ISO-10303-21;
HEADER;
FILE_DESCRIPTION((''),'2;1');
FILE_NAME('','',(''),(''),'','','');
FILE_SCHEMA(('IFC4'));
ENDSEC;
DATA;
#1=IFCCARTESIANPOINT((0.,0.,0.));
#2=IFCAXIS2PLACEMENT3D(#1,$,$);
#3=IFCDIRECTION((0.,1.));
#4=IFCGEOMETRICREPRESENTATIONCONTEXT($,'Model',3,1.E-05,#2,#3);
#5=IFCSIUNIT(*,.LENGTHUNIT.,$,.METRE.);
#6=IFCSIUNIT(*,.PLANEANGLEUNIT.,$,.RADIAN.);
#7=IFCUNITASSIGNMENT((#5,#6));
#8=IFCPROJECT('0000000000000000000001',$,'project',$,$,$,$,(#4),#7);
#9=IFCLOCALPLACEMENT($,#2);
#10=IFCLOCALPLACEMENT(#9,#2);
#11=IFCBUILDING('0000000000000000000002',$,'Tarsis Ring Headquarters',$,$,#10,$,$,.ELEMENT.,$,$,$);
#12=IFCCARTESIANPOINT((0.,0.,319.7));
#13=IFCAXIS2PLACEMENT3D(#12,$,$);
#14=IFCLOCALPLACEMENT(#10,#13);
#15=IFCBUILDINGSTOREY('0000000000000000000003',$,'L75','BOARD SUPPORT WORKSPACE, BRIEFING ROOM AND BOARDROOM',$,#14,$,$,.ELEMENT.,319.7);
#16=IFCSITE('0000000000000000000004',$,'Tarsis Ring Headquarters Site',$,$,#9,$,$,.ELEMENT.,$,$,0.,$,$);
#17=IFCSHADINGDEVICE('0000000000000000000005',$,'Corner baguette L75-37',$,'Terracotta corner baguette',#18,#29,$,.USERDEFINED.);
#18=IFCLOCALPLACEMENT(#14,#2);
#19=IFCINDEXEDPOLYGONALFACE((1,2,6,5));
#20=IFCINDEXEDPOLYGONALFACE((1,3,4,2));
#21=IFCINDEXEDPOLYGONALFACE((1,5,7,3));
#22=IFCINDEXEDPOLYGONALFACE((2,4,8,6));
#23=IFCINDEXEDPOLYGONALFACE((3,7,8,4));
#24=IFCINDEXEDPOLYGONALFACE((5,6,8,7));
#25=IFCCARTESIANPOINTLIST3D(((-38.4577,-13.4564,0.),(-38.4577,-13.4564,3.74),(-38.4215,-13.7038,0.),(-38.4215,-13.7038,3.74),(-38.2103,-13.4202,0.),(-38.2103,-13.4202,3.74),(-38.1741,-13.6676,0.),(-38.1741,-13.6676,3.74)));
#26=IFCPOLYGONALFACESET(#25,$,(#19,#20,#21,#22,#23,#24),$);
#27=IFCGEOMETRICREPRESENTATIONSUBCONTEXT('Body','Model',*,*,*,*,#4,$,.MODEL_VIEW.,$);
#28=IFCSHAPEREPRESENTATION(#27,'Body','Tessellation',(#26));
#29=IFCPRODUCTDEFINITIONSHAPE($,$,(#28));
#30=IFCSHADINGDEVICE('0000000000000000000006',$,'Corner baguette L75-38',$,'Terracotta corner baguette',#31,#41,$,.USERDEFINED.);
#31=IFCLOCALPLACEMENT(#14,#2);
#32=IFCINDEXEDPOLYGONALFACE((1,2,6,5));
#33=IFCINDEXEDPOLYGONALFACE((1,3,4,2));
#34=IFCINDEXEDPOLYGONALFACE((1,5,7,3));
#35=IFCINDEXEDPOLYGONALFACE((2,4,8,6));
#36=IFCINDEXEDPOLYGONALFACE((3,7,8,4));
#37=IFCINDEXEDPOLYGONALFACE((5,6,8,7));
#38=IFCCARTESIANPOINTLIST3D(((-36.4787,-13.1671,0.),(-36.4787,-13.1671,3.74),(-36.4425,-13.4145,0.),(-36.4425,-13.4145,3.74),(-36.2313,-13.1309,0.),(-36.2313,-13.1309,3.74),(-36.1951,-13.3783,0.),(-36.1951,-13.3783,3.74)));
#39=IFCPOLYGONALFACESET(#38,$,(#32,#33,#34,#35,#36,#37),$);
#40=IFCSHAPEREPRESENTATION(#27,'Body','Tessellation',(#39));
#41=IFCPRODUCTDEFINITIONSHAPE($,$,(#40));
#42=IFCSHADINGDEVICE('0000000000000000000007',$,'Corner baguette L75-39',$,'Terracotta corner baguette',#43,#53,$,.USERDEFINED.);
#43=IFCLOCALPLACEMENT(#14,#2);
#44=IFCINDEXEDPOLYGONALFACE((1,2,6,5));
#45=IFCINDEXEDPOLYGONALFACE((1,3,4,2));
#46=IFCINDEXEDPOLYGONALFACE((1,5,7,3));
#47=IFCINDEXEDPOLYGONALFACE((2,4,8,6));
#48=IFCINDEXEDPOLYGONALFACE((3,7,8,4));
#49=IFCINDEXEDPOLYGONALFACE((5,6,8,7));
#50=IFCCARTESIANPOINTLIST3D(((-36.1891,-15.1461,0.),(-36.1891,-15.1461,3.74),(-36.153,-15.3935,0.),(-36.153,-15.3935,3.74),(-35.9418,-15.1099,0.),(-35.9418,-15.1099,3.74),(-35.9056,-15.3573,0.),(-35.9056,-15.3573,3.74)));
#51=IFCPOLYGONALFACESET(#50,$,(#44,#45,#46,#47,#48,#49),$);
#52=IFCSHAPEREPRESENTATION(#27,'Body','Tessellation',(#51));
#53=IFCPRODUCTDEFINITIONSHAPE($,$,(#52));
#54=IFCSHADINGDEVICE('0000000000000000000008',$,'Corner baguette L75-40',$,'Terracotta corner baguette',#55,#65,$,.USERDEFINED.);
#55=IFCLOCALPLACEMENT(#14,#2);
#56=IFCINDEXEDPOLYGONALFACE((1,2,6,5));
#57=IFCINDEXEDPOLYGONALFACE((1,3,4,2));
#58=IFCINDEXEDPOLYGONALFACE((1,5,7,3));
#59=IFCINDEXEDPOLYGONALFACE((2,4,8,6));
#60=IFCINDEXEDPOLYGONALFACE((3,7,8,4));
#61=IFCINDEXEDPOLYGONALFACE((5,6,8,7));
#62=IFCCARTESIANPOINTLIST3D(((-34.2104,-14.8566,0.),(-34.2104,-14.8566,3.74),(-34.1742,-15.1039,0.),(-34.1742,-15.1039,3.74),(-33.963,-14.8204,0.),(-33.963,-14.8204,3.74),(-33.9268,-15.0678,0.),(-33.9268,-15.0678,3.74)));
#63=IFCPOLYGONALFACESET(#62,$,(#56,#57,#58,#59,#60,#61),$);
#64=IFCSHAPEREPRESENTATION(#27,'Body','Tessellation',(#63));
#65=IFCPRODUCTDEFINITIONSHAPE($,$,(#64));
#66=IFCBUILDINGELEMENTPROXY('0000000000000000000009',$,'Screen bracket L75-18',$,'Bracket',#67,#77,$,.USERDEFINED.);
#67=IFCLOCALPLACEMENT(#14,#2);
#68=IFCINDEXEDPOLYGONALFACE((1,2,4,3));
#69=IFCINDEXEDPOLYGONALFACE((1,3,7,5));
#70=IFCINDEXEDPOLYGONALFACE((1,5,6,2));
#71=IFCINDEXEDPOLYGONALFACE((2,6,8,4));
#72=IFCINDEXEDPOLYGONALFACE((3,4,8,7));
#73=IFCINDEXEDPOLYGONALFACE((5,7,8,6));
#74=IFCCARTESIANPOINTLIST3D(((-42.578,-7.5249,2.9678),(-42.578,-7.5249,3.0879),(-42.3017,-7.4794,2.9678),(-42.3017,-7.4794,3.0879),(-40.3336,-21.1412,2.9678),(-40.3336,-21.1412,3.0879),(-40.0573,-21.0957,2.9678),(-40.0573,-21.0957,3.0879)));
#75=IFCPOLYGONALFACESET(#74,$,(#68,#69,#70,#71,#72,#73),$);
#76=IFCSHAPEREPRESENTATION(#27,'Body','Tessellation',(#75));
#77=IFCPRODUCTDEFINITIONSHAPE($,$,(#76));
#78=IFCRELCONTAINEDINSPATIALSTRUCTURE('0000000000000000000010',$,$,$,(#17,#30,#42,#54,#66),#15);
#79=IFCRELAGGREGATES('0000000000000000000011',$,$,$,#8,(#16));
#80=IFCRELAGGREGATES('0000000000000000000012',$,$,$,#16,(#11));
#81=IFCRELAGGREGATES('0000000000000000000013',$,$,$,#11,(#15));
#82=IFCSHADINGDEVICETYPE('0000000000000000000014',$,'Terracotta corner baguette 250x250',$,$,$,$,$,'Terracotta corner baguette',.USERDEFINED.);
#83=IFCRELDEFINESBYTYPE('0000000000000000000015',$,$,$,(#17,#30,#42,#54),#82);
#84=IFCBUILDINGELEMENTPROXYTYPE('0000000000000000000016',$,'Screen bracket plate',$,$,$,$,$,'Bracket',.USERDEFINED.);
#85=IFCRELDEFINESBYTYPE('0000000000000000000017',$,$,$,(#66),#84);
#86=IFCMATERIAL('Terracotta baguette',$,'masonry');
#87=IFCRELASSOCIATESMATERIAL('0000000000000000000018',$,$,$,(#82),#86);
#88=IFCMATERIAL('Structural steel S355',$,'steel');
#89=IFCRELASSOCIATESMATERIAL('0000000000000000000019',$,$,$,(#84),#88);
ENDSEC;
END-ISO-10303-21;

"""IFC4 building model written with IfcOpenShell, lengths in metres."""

from ifc_helpers import new_model, si_unit, direction, frame, origin, origin_2d, place, context, subcontext, project, spatial, rectangle, extrude, material, type_object, element, save


model = new_model("IFC4")

# Units and contexts
model_context = context("Model", 3, precision=1e-05, world=origin(), true_north=direction((0.0, 1.0)))
body_context = subcontext(model_context, "Body", "Model", "MODEL_VIEW")
ifc_project = project(units=[si_unit("LENGTHUNIT", "METRE"), si_unit("PLANEANGLEUNIT", "RADIAN")], contexts=[model_context])

# Site, building, storey
site_placement = place(None, origin())
site = spatial("IfcSite", under=ifc_project, at=site_placement, Name="Tarsis Ring Headquarters Site", CompositionType="ELEMENT", RefElevation=0.0)
building_placement = place(site_placement, origin())
building = spatial("IfcBuilding", under=site, at=building_placement, Name="Tarsis Ring Headquarters", CompositionType="ELEMENT")
storey_placement = place(building_placement, frame((0.0, 0.0, 319.7)))
storey = spatial("IfcBuildingStorey", under=building, at=storey_placement, Name="L75", Description="BOARD SUPPORT WORKSPACE, BRIEFING ROOM AND BOARDROOM", CompositionType="ELEMENT", Elevation=319.7)

# Shared definitions
ifc_material_1 = material(Name="Structural steel S355", Category="steel")

# Shading devices
ifc_material_2 = material(Name="Terracotta baguette", Category="masonry")
shading_device_type_1 = type_object("IfcShadingDeviceType", Name="Terracotta corner baguette 250x250", ElementType="Terracotta corner baguette", PredefinedType="USERDEFINED", material=ifc_material_2)
for number, where, z_axis, x_axis, name in (
    (1, (-38.3159, -13.562, 0.0), (0.0, 0.0, 1.0), (0.144702, -0.989475, 0.0), "Corner baguette L75-37"),
    (2, (-36.3369, -13.2727, 0.0), (0.0, 0.0, 1.0), (0.989475, 0.144702, 0.0), "Corner baguette L75-38"),
    (3, (-36.0474, -15.2517, 0.0), (0.0, 0.0, 1.0), (0.144701, -0.989475, 0.0), "Corner baguette L75-39"),
    (4, (-34.0686, -14.9622, 0.0), (0.0, 0.0, 1.0), (0.989475, 0.144701, 0.0), "Corner baguette L75-40"),
):
    element("IfcShadingDevice", number, at=place(storey_placement, frame(where, z_axis=z_axis, x_axis=x_axis)), inside=storey, type_object=shading_device_type_1, Name=name, ObjectType="Terracotta corner baguette", PredefinedType="USERDEFINED", context=body_context, shape_type="SweptSolid", body=[
        extrude(rectangle(XDim=0.25, YDim=0.25, at=origin_2d()), origin(), (0.0, 0.0, 1.0), 3.74),
    ])

# Building element proxy
building_element_proxy_type = type_object("IfcBuildingElementProxyType", Name="Screen bracket plate", ElementType="Bracket", PredefinedType="USERDEFINED", material=ifc_material_1)
proxy_placement = place(storey_placement, frame((-41.3176, -14.3103, 2.9678), z_axis=(0.0, 0.0, 1.0), x_axis=(0.162637, -0.986686, 0.0)))
element("IfcBuildingElementProxy", 5, at=proxy_placement, inside=storey, type_object=building_element_proxy_type, Name="Screen bracket L75-18", ObjectType="Bracket", PredefinedType="USERDEFINED", context=body_context, shape_type="SweptSolid", body=[
    extrude(rectangle(XDim=13.8, YDim=0.28, at=origin_2d()), origin(), (0.0, 0.0, 1.0), 0.1201),
])

save(model, "model.ifc")
